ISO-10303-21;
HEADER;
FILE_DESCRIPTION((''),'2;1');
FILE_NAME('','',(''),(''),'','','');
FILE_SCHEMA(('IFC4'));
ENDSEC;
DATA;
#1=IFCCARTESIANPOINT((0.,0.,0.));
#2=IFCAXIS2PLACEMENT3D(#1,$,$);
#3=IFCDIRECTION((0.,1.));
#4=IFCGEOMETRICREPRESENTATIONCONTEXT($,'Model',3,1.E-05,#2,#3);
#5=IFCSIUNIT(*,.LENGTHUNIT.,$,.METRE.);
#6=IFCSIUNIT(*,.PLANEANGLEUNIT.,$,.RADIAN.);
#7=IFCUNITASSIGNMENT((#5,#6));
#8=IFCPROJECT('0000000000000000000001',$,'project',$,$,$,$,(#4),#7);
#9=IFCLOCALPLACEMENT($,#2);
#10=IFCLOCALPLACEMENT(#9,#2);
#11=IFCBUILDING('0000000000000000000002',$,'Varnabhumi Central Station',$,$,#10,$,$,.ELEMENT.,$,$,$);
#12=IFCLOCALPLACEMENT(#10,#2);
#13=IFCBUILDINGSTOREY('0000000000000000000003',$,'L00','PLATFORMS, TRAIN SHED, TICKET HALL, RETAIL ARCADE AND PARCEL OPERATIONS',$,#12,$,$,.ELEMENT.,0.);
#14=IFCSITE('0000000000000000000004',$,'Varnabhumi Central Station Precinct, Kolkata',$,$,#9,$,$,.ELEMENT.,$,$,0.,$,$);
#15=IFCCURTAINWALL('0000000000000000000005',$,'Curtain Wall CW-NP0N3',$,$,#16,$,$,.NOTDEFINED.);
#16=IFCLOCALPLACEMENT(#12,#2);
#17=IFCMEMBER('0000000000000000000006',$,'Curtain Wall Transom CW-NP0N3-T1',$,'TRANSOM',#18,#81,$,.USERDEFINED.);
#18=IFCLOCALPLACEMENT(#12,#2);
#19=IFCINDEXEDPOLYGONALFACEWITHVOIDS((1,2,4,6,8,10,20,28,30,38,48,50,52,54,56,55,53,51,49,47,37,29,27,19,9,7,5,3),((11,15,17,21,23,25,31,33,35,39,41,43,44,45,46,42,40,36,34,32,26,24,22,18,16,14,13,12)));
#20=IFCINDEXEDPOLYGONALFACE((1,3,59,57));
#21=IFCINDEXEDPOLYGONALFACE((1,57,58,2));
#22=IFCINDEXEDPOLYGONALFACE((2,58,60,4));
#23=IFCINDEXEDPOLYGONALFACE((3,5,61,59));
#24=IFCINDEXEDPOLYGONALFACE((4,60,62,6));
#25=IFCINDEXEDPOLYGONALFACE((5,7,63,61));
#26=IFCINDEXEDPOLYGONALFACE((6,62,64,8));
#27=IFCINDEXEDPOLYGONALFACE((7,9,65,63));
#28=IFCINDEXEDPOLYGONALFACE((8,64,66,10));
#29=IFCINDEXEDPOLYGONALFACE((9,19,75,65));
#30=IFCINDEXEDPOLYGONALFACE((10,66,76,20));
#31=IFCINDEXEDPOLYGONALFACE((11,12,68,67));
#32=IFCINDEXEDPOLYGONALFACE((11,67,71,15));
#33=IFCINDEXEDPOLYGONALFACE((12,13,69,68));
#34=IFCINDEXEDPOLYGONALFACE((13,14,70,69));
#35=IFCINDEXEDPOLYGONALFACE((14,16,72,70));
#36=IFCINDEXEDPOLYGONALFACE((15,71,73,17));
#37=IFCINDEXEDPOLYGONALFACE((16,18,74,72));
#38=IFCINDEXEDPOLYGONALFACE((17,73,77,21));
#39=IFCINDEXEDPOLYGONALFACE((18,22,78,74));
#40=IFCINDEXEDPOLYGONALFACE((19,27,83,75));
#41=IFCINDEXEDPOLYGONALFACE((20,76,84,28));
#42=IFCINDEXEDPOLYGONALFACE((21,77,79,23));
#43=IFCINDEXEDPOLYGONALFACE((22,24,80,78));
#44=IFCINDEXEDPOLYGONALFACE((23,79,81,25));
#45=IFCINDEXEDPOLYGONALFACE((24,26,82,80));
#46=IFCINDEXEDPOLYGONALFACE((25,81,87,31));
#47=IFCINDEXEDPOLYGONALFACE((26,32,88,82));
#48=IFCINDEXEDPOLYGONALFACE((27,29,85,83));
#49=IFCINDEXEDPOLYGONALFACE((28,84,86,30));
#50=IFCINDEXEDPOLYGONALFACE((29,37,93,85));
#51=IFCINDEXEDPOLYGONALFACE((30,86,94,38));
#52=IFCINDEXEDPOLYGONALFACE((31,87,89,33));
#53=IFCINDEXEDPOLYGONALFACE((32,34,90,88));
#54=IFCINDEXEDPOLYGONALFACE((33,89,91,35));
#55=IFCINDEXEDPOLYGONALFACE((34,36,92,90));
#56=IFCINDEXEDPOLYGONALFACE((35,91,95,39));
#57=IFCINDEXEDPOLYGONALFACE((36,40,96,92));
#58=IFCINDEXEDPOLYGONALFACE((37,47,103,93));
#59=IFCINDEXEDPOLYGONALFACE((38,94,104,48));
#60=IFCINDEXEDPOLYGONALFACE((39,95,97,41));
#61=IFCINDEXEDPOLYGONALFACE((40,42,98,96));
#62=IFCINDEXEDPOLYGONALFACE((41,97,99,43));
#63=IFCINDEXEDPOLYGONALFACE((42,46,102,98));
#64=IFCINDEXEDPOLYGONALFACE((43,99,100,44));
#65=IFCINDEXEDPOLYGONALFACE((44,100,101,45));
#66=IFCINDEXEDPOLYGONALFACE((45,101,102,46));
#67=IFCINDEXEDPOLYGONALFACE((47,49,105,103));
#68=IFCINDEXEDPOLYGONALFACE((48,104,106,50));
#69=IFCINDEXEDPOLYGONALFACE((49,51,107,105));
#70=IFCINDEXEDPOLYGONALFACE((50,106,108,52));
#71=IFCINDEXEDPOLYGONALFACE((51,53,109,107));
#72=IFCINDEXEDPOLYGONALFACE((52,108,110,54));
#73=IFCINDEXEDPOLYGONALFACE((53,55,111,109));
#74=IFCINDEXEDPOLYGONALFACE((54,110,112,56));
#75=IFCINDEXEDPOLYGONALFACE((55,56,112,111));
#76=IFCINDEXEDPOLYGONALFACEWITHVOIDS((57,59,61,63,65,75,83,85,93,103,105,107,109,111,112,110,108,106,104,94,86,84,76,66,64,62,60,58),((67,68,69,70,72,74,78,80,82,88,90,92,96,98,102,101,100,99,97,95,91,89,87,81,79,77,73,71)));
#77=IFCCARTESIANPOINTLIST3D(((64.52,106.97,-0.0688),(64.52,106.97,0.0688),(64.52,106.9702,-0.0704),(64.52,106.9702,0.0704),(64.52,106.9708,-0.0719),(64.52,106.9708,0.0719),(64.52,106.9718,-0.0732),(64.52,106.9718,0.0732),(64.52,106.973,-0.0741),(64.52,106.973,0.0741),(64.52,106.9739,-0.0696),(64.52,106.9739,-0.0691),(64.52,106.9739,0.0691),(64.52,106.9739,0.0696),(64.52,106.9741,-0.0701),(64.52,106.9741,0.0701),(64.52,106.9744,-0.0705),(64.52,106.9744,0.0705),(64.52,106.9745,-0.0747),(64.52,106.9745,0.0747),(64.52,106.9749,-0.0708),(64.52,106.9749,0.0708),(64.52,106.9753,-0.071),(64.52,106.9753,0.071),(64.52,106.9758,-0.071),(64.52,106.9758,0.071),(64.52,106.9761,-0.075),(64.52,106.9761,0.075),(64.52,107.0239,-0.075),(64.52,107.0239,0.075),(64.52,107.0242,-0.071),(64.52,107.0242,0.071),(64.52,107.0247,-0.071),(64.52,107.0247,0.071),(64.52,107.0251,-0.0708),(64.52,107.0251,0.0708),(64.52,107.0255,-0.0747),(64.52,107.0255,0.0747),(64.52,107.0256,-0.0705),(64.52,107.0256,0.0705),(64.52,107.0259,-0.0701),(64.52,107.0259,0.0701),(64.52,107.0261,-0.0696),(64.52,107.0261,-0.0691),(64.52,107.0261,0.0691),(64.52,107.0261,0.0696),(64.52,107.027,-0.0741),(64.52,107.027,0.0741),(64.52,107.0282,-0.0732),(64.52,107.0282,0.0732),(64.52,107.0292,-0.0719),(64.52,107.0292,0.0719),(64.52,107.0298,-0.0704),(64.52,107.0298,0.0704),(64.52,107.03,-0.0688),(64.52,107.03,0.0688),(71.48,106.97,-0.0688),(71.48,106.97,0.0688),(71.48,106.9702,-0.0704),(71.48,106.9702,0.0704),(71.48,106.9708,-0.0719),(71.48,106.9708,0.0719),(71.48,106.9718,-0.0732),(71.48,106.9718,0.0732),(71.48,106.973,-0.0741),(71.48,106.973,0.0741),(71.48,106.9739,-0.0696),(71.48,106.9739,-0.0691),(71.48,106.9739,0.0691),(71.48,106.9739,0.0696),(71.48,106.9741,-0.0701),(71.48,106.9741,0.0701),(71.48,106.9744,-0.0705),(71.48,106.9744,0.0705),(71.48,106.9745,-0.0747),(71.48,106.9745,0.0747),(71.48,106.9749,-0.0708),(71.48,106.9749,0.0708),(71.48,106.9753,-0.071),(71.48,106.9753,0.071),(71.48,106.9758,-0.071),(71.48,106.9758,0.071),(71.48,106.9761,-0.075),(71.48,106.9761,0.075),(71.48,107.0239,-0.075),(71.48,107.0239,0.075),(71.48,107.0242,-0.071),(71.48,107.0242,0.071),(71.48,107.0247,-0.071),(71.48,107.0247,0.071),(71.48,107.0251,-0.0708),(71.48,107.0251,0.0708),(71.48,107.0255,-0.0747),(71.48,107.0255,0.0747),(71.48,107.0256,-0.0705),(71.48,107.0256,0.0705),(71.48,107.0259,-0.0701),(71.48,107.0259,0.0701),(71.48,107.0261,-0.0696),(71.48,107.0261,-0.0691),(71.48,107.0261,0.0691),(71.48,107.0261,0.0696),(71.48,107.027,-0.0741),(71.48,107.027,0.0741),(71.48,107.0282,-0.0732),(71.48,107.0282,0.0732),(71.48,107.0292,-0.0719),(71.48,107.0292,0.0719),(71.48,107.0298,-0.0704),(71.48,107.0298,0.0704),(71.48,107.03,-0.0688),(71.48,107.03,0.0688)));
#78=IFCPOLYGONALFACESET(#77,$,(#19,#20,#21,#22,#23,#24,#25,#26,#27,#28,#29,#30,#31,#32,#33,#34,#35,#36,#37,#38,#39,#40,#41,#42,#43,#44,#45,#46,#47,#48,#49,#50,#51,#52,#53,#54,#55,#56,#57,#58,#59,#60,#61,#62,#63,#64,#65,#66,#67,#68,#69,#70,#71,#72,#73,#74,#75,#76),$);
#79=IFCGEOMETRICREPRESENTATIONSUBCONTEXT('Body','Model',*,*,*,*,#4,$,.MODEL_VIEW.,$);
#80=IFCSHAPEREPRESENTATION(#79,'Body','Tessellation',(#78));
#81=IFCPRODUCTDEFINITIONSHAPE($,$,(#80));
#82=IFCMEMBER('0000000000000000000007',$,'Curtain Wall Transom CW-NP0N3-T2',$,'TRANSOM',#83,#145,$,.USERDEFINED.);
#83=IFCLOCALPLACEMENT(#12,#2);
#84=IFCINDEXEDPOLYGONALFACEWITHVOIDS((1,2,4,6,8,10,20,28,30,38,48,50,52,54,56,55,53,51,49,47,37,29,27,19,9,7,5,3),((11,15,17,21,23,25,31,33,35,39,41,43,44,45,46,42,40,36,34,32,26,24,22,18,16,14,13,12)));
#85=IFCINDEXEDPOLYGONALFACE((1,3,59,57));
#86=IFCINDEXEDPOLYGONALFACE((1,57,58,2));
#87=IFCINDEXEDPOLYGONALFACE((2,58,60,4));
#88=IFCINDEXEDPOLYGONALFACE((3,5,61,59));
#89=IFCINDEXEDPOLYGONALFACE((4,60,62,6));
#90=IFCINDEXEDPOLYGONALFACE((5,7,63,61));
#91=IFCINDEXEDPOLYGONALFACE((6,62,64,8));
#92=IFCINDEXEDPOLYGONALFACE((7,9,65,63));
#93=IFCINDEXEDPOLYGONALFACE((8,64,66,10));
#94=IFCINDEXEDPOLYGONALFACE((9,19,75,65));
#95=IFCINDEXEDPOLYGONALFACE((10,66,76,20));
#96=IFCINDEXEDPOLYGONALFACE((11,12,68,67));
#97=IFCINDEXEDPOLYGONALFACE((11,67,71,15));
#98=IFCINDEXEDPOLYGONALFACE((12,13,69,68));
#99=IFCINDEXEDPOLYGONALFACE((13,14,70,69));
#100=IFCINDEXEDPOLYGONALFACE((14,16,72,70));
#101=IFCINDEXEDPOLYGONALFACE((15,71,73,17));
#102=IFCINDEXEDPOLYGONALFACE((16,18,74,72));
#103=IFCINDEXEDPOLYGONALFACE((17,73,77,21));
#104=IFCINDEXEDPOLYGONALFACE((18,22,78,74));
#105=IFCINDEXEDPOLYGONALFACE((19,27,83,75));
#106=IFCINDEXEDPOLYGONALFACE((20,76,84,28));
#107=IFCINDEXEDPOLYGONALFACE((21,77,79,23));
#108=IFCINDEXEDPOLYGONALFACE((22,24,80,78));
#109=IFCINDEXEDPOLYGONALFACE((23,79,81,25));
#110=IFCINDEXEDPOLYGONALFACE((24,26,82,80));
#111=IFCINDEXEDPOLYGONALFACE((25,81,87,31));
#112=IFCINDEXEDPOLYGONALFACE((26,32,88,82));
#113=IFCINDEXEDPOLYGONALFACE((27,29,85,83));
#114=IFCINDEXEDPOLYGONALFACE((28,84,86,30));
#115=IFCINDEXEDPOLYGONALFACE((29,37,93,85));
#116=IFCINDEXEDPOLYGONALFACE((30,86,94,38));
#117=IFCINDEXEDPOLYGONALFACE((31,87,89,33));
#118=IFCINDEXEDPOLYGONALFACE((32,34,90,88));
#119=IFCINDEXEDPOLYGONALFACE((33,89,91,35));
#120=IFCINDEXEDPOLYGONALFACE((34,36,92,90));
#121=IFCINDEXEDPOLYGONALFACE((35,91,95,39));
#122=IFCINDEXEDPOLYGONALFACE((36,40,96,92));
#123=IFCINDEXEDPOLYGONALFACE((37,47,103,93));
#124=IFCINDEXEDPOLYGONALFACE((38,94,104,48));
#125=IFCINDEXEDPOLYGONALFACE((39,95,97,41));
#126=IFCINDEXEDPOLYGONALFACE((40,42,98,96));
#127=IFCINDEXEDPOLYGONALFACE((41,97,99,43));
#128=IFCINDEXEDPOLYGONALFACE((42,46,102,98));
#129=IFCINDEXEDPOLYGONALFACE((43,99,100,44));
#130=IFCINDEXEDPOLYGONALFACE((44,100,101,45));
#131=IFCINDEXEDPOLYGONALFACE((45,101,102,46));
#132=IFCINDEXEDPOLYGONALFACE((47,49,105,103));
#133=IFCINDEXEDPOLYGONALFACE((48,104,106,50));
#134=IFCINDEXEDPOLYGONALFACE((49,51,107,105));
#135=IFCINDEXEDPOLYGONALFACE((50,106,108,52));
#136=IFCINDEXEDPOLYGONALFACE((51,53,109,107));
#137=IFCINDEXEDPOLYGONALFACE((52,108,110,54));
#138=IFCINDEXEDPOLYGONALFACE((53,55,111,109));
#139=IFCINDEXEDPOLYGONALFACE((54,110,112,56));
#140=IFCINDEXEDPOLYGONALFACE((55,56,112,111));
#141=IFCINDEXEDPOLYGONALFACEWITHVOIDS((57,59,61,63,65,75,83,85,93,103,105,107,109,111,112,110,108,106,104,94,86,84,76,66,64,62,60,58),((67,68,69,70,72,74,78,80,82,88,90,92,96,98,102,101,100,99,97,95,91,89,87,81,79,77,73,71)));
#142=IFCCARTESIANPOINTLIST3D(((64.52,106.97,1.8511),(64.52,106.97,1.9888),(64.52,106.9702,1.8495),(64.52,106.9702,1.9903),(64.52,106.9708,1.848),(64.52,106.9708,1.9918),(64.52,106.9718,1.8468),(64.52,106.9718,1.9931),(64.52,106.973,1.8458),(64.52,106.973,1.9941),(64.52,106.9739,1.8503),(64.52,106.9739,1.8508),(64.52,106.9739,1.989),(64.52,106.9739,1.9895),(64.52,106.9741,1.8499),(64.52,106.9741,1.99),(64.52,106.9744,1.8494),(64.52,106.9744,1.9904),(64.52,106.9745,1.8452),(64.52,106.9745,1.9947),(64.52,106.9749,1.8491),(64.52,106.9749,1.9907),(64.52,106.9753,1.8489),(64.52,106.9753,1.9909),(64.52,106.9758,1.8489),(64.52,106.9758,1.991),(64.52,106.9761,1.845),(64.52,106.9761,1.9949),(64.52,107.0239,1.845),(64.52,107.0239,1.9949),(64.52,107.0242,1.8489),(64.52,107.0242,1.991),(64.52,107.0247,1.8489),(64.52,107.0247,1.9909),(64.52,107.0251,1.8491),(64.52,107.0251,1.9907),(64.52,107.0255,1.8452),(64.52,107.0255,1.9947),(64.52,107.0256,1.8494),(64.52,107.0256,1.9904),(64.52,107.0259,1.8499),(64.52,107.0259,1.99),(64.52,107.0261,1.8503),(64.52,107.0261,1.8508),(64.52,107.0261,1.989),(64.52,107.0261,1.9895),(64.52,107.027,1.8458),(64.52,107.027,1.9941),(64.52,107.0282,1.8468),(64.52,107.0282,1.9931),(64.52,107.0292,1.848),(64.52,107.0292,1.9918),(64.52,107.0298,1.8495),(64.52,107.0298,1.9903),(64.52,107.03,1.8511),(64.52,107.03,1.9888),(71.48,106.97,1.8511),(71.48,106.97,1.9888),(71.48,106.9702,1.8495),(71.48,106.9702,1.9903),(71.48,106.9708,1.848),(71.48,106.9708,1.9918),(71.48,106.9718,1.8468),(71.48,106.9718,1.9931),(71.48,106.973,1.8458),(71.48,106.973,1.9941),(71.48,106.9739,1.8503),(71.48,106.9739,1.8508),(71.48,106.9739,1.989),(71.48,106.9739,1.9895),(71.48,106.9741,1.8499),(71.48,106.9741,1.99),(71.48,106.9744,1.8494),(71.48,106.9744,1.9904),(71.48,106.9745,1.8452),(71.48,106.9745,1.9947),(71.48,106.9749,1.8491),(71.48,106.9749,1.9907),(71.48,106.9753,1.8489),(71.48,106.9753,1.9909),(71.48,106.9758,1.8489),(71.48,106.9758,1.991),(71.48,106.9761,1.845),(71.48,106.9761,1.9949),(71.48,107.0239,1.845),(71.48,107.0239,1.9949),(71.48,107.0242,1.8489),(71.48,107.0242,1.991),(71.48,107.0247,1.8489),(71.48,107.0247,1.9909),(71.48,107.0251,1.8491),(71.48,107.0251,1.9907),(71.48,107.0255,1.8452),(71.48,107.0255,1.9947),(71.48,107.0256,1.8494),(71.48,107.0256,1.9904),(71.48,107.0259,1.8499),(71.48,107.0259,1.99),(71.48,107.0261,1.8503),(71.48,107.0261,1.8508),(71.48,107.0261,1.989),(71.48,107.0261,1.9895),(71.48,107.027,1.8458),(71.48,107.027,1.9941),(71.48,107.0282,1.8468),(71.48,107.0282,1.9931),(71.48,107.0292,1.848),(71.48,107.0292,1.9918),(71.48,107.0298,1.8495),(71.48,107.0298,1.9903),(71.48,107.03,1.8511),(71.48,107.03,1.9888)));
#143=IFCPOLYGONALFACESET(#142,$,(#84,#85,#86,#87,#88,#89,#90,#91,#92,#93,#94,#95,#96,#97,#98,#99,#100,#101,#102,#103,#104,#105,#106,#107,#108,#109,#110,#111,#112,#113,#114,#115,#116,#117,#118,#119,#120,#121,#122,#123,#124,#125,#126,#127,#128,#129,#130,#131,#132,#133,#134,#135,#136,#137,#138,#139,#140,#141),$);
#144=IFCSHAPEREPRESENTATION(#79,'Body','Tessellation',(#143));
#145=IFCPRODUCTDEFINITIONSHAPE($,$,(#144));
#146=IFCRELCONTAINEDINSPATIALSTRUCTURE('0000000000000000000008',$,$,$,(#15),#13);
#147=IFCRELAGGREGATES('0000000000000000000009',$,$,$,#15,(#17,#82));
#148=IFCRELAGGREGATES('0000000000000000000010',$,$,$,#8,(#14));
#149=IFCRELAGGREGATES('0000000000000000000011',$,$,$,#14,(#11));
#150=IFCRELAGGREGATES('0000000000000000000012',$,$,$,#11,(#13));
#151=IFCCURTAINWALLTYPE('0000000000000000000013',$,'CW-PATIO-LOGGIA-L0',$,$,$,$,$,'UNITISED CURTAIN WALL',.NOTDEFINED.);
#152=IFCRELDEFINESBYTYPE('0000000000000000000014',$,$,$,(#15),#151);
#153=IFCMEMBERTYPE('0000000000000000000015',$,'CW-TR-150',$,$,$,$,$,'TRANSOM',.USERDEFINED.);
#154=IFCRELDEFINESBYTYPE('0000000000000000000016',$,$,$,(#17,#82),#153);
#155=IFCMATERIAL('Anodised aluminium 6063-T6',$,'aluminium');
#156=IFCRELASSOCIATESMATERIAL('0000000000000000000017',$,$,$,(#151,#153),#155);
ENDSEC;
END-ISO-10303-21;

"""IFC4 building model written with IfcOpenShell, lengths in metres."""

from ifc_helpers import new_model, si_unit, direction, frame, origin, origin_2d, place, context, subcontext, project, spatial, hollow_rectangle, extrude, material, material_profile, profile_set, type_object, element, aggregate, save


model = new_model("IFC4")

# Units and contexts
model_context = context("Model", 3, precision=1e-05, world=origin(), true_north=direction((0.0, 1.0)))
body_context = subcontext(model_context, "Body", "Model", "MODEL_VIEW")
ifc_project = project(units=[si_unit("LENGTHUNIT", "METRE"), si_unit("PLANEANGLEUNIT", "RADIAN")], contexts=[model_context])

# Site, building, storey
site_placement = place(None, origin())
site = spatial("IfcSite", under=ifc_project, at=site_placement, Name="Varnabhumi Central Station Precinct, Kolkata", CompositionType="ELEMENT", RefElevation=0.0)
building_placement = place(site_placement, origin())
building = spatial("IfcBuilding", under=site, at=building_placement, Name="Varnabhumi Central Station", CompositionType="ELEMENT")
storey_placement = place(building_placement, origin())
storey = spatial("IfcBuildingStorey", under=building, at=storey_placement, Name="L00", Description="PLATFORMS, TRAIN SHED, TICKET HALL, RETAIL ARCADE AND PARCEL OPERATIONS", CompositionType="ELEMENT", Elevation=0.0)

# Shared definitions
ifc_material_1 = material(Name="Anodised aluminium 6063-T6", Category="aluminium")
curtain_wall_type = type_object("IfcCurtainWallType", Name="CW-PATIO-LOGGIA-L0", ElementType="UNITISED CURTAIN WALL", PredefinedType="NOTDEFINED", material=ifc_material_1)

# Curtain wall, members
curtain_wall_1_placement = place(storey_placement, origin())
curtain_wall_1 = element("IfcCurtainWall", 1, at=curtain_wall_1_placement, inside=storey, type_object=curtain_wall_type, Name="Curtain Wall CW-NP0N3", PredefinedType="NOTDEFINED")
ifc_material_profile_1 = material_profile(ifc_material_1, hollow_rectangle(XDim=0.0601, YDim=0.1499, WallThickness=0.0039, InnerFilletRadius=0.002, OuterFilletRadius=0.0061, at=origin_2d()), Name="Anodised aluminium 6063-T6", Category="aluminium")
ifc_profile_set_1 = profile_set([ifc_material_profile_1], Name="Anodised aluminium 6063-T6")
member_type_1 = type_object("IfcMemberType", Name="CW-TR-150", ElementType="TRANSOM", PredefinedType="USERDEFINED", material=ifc_profile_set_1)
member_1_placement = place(storey_placement, frame((64.52, 107.0, 0.0), z_axis=(1.0, 0.0, 0.0), x_axis=(0.0, 1.0, 0.0)))
member_1 = element("IfcMember", 2, at=member_1_placement, type_object=member_type_1, Name="Curtain Wall Transom CW-NP0N3-T1", ObjectType="TRANSOM", PredefinedType="USERDEFINED", context=body_context, shape_type="SweptSolid", body=[
    extrude(hollow_rectangle(XDim=0.0601, YDim=0.1499, WallThickness=0.0039, InnerFilletRadius=0.002, OuterFilletRadius=0.0061, at=origin_2d()), origin(), (0.0, 0.0, 1.0), 6.96),
])
member_2_placement = place(storey_placement, frame((64.52, 107.0, 1.9199), z_axis=(1.0, 0.0, 0.0), x_axis=(0.0, 1.0, 0.0)))
member_2 = element("IfcMember", 3, at=member_2_placement, type_object=member_type_1, Name="Curtain Wall Transom CW-NP0N3-T2", ObjectType="TRANSOM", PredefinedType="USERDEFINED", context=body_context, shape_type="SweptSolid", body=[
    extrude(hollow_rectangle(XDim=0.0601, YDim=0.1499, WallThickness=0.0039, InnerFilletRadius=0.002, OuterFilletRadius=0.0061, at=origin_2d()), origin(), (0.0, 0.0, 1.0), 6.96),
])

aggregate(curtain_wall_1, [member_1, member_2])

save(model, "model.ifc")
